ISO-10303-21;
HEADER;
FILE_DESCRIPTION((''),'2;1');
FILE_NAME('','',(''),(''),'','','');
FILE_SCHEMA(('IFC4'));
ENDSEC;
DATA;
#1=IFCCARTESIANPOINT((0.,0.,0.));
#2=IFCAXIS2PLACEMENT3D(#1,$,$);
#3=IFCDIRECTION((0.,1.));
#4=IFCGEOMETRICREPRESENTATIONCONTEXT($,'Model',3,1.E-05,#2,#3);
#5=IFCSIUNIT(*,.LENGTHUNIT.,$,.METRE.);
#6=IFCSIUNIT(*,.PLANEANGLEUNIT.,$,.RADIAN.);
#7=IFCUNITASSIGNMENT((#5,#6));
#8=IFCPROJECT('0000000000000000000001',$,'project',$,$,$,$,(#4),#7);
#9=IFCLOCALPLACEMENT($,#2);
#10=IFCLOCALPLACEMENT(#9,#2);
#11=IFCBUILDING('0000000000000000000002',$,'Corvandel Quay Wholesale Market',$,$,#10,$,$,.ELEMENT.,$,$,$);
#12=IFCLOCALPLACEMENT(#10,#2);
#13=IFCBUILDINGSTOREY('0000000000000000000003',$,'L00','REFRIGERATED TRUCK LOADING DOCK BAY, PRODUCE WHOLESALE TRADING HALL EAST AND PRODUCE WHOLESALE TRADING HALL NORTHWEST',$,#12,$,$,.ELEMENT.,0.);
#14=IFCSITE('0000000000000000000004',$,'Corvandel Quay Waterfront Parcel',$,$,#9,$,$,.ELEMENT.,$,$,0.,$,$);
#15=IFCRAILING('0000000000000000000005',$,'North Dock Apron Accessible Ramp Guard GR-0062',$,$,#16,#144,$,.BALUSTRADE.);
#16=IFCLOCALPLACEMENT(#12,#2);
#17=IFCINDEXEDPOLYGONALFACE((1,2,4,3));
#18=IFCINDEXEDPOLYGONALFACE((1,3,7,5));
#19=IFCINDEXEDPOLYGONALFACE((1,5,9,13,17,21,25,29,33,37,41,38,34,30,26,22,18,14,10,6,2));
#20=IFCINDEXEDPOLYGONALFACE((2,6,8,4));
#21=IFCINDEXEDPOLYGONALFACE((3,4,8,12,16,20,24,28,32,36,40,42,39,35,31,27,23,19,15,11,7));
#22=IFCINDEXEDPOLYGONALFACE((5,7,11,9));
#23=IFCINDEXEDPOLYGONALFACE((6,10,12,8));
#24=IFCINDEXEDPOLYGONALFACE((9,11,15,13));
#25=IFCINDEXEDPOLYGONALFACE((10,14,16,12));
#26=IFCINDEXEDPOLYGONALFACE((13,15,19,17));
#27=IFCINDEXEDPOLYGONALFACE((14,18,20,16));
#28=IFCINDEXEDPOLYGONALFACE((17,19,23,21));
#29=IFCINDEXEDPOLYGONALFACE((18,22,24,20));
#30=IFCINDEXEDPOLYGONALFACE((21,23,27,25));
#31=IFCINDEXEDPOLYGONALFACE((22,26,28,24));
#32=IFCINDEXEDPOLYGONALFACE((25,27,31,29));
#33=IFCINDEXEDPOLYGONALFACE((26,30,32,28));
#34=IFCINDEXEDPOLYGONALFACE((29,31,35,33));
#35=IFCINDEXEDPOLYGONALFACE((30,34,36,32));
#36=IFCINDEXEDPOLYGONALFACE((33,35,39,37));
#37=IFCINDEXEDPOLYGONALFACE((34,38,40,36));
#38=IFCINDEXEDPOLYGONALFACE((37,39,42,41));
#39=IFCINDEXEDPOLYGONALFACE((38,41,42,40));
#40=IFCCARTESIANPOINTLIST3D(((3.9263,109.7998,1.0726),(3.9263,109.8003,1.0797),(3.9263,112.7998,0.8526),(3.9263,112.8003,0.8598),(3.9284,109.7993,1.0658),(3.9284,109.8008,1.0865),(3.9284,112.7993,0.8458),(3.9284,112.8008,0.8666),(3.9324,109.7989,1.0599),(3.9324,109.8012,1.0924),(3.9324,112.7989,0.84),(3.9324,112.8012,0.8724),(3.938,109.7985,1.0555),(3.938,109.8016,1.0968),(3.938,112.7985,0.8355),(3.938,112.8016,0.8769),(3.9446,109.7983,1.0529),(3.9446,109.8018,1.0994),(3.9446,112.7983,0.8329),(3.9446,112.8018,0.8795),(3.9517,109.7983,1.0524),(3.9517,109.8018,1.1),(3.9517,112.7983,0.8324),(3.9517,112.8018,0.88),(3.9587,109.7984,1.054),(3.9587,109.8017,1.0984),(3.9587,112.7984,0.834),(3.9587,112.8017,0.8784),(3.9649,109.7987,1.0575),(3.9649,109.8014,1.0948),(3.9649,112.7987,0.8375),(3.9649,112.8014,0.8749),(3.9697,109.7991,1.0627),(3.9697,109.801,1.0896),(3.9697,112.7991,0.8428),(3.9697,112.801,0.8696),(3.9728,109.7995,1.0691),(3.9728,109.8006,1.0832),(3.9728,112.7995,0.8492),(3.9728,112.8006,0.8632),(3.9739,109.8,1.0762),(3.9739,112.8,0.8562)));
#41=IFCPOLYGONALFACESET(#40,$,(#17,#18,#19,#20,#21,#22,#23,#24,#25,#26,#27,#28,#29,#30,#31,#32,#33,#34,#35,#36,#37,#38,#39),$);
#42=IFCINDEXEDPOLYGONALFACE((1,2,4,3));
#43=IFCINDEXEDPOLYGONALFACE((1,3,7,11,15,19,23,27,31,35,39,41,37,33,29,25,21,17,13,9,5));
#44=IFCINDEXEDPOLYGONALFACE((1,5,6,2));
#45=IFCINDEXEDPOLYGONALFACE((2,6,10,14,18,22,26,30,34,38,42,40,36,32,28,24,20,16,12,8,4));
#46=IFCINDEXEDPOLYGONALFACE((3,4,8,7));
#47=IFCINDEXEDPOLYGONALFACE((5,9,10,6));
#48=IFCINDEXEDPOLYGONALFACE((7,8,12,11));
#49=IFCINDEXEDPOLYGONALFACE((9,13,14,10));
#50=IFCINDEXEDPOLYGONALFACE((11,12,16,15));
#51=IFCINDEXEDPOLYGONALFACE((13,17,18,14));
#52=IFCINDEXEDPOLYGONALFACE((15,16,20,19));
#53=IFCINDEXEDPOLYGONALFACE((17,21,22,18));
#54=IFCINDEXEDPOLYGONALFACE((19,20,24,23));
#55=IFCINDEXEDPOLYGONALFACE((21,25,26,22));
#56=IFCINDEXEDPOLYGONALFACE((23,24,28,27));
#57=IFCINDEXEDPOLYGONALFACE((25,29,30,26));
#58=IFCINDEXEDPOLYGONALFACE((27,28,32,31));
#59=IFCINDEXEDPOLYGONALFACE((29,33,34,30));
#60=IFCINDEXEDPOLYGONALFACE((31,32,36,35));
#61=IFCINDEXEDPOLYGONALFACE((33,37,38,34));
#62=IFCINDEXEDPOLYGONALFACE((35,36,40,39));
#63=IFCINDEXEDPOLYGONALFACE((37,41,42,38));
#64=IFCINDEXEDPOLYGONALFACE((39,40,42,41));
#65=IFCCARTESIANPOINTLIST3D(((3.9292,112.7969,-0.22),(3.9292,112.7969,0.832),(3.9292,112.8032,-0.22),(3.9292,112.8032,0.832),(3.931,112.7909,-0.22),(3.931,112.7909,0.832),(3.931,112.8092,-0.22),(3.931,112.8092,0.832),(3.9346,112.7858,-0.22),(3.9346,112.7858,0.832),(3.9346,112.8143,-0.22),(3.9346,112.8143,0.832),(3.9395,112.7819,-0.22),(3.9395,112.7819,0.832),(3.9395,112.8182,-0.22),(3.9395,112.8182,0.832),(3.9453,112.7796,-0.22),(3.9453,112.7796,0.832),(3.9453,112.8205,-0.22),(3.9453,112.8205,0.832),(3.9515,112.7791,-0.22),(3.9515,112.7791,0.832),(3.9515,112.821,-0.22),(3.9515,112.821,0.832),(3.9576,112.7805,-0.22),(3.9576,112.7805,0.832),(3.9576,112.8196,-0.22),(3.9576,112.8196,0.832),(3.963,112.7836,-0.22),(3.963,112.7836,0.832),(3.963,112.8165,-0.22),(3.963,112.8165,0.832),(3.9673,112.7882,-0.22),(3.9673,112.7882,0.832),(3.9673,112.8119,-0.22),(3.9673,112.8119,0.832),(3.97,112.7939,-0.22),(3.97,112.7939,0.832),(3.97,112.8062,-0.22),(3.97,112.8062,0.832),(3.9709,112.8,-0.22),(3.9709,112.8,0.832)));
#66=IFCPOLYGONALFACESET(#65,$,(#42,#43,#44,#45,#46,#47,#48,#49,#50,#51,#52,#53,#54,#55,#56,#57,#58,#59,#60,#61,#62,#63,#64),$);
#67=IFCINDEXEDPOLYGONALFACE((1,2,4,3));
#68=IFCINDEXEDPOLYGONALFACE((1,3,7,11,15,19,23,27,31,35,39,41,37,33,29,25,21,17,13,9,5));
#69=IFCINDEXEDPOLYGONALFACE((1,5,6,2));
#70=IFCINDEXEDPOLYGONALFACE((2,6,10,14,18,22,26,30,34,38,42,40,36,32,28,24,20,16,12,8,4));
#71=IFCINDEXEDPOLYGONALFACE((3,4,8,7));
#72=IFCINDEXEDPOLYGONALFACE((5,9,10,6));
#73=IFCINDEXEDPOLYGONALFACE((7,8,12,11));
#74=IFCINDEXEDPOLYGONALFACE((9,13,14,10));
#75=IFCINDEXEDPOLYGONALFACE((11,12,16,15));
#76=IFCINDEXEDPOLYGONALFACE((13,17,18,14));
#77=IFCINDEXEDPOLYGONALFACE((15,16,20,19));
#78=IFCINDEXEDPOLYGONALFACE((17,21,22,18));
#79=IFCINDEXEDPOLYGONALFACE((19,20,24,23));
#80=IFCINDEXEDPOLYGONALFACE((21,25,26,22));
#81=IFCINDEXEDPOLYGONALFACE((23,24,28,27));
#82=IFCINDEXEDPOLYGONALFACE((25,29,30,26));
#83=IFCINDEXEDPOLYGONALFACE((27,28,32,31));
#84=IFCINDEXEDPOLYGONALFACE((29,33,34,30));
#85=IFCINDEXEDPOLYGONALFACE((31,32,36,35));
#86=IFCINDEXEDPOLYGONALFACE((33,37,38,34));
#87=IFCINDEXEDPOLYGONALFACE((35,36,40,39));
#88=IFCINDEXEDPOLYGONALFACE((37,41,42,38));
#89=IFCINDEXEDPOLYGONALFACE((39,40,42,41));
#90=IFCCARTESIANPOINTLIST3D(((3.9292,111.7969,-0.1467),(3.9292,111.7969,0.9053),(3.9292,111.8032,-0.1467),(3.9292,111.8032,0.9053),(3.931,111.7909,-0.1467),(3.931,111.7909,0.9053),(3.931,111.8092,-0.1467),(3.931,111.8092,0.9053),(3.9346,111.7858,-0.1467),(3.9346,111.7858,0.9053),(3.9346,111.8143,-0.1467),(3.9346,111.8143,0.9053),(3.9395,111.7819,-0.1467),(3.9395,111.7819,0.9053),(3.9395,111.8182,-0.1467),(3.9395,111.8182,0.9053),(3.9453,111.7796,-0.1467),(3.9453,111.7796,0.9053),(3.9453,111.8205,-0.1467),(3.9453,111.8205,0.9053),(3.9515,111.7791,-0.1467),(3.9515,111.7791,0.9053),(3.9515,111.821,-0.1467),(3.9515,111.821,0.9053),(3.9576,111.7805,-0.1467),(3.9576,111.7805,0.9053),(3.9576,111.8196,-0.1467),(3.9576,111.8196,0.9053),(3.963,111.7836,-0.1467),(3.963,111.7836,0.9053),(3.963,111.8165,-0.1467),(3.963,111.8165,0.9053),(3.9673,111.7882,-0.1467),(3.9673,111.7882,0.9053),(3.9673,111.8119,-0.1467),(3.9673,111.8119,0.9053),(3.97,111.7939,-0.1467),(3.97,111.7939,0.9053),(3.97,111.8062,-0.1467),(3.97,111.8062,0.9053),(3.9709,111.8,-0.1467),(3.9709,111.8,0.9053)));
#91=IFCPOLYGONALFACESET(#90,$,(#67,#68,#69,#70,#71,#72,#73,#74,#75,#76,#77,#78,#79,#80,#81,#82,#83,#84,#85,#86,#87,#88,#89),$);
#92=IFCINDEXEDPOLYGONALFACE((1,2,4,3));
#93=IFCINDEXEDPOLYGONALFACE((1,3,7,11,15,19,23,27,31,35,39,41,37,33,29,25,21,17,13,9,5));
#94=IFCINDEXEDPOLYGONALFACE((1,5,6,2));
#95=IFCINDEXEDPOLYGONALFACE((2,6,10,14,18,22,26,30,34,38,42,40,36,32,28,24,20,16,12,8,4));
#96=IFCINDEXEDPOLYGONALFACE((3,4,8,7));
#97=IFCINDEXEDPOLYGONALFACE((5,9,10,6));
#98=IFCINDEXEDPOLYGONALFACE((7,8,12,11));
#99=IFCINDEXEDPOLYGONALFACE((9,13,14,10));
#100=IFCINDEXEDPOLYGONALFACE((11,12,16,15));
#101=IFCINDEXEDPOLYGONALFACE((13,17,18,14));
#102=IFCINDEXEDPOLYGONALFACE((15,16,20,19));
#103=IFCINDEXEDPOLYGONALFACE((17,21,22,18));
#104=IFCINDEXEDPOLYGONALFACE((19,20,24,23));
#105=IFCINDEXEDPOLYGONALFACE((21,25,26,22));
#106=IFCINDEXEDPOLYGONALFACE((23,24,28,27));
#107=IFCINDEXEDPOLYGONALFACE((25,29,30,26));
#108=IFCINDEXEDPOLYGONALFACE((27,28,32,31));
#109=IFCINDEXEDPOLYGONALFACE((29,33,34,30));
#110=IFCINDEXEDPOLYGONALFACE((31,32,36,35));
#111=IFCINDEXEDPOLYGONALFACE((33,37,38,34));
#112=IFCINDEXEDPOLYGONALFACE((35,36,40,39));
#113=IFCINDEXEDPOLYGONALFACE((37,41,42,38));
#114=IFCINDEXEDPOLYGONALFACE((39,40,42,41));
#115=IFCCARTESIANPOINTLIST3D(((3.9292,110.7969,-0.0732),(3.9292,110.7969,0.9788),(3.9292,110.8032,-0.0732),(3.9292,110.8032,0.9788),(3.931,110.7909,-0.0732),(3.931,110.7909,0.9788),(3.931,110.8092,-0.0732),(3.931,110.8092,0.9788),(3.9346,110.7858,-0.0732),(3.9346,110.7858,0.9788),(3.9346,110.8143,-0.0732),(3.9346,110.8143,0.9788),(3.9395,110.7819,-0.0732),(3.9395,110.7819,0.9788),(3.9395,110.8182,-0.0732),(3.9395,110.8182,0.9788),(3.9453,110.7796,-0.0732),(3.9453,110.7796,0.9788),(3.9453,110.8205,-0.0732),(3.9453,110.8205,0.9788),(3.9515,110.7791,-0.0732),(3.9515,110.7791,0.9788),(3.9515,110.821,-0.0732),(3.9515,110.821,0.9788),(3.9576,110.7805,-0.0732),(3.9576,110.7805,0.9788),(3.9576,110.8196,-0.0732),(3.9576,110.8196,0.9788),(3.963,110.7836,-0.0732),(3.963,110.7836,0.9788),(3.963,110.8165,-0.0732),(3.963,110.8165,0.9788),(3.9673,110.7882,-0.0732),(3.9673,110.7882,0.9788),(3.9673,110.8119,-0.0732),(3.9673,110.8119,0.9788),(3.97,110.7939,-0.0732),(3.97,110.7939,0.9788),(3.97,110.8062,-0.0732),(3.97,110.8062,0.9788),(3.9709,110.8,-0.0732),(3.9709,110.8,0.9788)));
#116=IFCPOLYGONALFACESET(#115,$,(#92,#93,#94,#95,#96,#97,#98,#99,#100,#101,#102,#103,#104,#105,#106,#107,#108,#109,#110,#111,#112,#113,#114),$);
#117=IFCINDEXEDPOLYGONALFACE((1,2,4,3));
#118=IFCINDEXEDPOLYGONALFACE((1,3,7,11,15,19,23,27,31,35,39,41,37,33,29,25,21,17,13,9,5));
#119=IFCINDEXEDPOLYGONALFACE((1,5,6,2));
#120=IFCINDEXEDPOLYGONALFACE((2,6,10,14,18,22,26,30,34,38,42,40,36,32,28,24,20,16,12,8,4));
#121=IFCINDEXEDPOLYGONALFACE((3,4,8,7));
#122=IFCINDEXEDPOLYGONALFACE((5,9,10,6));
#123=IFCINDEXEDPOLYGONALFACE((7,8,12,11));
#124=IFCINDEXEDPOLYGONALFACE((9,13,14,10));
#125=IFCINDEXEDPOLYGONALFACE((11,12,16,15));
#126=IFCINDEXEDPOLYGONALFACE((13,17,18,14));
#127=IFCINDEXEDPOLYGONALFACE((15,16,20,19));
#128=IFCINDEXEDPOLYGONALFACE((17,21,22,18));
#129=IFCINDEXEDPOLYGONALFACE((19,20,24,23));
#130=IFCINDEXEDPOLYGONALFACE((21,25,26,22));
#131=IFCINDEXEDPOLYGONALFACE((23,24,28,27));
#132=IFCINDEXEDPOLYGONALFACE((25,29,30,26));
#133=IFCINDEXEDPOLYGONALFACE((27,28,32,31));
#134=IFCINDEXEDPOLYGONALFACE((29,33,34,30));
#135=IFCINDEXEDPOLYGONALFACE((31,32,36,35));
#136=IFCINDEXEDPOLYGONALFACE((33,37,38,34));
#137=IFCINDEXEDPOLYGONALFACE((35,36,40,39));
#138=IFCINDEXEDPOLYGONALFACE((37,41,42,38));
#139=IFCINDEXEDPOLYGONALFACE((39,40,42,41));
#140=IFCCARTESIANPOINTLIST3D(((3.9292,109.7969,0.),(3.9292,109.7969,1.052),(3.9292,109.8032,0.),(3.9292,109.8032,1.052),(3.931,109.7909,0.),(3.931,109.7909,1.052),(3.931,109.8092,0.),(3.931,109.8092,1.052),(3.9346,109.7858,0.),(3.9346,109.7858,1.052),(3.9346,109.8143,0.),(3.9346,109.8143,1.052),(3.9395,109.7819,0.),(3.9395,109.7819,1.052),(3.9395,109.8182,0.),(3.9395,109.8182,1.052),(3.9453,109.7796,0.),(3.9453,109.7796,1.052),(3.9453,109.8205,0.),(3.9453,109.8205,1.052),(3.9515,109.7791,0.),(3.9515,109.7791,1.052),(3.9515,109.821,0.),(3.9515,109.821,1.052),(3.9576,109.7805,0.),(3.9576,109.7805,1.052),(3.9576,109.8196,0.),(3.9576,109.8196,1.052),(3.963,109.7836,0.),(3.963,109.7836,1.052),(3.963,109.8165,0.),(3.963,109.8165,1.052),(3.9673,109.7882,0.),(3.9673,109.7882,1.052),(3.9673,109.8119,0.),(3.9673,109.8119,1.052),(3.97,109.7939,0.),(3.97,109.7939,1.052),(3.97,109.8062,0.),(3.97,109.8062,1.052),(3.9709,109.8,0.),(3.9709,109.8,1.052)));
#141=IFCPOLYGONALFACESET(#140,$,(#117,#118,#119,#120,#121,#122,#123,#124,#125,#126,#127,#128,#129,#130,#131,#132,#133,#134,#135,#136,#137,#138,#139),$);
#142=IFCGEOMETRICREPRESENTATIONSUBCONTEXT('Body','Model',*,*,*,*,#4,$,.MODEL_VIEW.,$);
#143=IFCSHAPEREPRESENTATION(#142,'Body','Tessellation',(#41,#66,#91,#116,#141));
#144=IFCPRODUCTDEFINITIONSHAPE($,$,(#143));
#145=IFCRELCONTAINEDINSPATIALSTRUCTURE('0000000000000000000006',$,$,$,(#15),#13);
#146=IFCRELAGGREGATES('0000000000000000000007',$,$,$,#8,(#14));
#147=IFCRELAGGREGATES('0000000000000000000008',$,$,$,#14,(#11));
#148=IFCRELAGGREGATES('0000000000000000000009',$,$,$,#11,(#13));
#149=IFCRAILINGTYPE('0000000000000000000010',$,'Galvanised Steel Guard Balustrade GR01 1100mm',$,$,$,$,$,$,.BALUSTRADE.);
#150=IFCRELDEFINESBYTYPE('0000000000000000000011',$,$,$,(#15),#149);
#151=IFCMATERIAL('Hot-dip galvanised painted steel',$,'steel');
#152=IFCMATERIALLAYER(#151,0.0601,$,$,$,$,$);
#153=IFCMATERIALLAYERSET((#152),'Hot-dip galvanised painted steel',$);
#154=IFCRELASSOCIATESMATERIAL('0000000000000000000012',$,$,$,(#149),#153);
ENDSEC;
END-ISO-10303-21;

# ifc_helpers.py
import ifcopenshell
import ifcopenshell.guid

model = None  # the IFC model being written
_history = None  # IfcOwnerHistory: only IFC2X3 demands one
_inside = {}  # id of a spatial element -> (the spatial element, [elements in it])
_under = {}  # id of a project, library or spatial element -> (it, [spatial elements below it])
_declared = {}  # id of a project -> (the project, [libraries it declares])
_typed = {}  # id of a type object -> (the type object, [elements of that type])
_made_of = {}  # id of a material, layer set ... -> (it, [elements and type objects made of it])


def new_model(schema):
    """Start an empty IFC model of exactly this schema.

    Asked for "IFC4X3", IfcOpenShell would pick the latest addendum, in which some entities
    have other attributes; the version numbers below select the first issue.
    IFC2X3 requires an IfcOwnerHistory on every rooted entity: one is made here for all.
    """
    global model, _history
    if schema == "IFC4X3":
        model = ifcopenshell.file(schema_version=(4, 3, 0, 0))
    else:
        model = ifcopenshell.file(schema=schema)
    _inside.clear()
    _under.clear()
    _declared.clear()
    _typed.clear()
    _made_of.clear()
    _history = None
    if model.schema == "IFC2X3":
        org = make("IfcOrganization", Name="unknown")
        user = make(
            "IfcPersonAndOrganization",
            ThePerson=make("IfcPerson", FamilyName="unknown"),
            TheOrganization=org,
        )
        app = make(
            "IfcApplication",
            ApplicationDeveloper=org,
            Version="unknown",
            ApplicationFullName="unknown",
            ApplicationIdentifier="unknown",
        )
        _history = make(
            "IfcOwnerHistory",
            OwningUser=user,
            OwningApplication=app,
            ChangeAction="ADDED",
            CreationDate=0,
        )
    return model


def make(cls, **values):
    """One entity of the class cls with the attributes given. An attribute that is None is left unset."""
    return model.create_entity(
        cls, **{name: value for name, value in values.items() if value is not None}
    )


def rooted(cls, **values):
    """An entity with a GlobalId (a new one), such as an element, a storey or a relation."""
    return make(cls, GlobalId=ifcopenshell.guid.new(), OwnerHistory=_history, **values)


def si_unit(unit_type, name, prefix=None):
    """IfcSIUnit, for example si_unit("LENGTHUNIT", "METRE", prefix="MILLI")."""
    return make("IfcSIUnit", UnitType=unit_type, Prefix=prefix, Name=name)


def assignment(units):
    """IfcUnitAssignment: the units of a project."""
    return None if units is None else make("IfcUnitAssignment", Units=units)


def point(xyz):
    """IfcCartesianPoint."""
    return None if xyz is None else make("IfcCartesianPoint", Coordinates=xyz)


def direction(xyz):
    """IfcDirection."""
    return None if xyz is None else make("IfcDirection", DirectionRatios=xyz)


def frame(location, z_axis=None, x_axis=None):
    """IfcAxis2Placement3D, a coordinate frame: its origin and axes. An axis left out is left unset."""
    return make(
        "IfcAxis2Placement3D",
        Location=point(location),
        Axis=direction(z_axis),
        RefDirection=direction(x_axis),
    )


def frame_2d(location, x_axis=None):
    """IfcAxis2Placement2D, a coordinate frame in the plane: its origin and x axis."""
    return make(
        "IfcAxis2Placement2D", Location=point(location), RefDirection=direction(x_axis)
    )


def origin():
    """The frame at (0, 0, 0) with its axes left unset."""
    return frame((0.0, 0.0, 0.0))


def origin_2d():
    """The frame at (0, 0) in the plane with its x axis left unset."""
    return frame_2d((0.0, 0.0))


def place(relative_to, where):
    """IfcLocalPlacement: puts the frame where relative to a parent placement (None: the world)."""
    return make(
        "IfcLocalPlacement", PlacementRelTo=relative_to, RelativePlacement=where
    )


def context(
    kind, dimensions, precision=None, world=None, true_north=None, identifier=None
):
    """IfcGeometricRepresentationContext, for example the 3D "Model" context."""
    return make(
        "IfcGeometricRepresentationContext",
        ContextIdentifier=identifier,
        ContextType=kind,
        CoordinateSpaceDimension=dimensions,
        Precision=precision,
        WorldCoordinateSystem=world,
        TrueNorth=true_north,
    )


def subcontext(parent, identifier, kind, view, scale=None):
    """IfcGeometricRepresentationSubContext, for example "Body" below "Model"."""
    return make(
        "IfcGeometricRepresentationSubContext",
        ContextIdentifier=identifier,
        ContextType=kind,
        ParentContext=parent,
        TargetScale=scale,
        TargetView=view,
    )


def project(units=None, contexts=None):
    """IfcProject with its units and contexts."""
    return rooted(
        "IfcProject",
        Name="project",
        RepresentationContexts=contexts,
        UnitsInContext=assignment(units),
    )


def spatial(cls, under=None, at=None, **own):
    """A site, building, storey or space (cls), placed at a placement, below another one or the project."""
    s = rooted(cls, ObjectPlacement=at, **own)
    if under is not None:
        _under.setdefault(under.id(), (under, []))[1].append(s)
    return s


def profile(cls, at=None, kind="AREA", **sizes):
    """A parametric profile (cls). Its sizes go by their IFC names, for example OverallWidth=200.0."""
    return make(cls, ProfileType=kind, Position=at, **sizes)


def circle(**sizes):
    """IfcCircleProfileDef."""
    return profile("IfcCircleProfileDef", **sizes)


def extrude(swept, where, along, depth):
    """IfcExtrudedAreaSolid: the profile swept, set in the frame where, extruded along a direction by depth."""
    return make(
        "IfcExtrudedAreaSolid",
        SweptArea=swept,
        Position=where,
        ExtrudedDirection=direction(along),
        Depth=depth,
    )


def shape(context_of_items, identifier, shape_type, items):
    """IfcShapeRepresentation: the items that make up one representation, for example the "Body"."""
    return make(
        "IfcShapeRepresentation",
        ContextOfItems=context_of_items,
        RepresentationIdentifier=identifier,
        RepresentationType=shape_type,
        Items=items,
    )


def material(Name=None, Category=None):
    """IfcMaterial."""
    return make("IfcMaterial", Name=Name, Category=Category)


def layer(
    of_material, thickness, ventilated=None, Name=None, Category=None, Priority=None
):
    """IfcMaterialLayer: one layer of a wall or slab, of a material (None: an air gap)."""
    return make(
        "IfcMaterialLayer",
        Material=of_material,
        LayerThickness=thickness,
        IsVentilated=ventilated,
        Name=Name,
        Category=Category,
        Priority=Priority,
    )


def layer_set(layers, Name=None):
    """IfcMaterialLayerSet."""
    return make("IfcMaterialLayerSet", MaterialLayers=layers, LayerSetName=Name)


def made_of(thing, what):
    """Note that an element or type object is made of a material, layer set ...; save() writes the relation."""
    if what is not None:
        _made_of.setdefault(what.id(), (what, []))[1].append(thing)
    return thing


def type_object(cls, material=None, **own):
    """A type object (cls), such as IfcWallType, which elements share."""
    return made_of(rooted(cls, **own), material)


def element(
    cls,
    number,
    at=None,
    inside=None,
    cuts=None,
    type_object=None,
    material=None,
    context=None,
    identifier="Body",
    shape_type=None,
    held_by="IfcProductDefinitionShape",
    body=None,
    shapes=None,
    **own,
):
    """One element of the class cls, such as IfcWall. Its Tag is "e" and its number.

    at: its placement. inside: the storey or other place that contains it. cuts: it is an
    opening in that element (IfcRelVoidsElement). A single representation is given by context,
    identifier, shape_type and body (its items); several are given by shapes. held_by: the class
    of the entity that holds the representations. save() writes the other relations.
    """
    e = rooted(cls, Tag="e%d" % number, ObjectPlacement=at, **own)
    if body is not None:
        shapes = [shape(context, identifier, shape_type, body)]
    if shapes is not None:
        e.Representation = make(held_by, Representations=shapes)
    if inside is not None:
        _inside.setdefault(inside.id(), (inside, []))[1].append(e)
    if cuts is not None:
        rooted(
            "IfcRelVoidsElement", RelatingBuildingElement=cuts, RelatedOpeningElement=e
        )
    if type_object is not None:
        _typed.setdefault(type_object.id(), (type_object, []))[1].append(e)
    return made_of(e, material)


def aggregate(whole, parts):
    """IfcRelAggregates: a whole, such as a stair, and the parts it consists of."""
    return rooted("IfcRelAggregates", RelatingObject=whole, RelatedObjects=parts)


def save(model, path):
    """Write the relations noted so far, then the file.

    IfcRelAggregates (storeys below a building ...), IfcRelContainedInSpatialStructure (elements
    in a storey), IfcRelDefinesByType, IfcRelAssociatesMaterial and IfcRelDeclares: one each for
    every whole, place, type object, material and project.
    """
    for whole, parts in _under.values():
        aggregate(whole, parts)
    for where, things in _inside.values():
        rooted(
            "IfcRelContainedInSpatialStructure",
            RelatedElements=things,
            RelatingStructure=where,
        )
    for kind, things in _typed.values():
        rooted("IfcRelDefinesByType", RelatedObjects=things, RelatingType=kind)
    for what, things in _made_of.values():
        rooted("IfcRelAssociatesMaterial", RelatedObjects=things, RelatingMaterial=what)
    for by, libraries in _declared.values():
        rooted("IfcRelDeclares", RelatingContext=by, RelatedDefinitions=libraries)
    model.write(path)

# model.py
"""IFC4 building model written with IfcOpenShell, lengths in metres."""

from ifc_helpers import new_model, si_unit, direction, frame, origin, origin_2d, place, context, subcontext, project, spatial, circle, extrude, material, layer, layer_set, type_object, element, save


model = new_model("IFC4")

# Units and contexts
model_context = context("Model", 3, precision=1e-05, world=origin(), true_north=direction((0.0, 1.0)))
body_context = subcontext(model_context, "Body", "Model", "MODEL_VIEW")
ifc_project = project(units=[si_unit("LENGTHUNIT", "METRE"), si_unit("PLANEANGLEUNIT", "RADIAN")], contexts=[model_context])

# Site, building, storey
site_placement = place(None, origin())
site = spatial("IfcSite", under=ifc_project, at=site_placement, Name="Corvandel Quay Waterfront Parcel", CompositionType="ELEMENT", RefElevation=0.0)
building_placement = place(site_placement, origin())
building = spatial("IfcBuilding", under=site, at=building_placement, Name="Corvandel Quay Wholesale Market", CompositionType="ELEMENT")
storey_placement = place(building_placement, origin())
storey = spatial("IfcBuildingStorey", under=building, at=storey_placement, Name="L00", Description="REFRIGERATED TRUCK LOADING DOCK BAY, PRODUCE WHOLESALE TRADING HALL EAST AND PRODUCE WHOLESALE TRADING HALL NORTHWEST", CompositionType="ELEMENT", Elevation=0.0)

# Railing
ifc_material_1 = material(Name="Hot-dip galvanised painted steel", Category="steel")
ifc_layer_1 = layer(ifc_material_1, 0.0601)
ifc_layer_set_1 = layer_set([ifc_layer_1], Name="Hot-dip galvanised painted steel")
railing_type = type_object("IfcRailingType", Name="Galvanised Steel Guard Balustrade GR01 1100mm", PredefinedType="BALUSTRADE", material=ifc_layer_set_1)
for number, where, name in (
    (1, (3.95, 112.8, -0.22), "North Dock Apron Accessible Ramp Guard GR-0062"),
):
    element("IfcRailing", number, at=place(storey_placement, frame(where)), inside=storey, type_object=railing_type, Name=name, PredefinedType="BALUSTRADE", context=body_context, shape_type="SweptSolid", body=[
        extrude(circle(Radius=0.0239, at=origin_2d()), frame((0.0, 0.0, 1.0762), z_axis=(0.0, -0.997323, 0.073127), x_axis=(1.0, 0.0, 0.0)), (0.0, 0.0, 1.0), 3.0081),
        extrude(circle(Radius=0.021, at=origin_2d()), origin(), (0.0, 0.0, 1.0), 1.052),
        extrude(circle(Radius=0.021, at=origin_2d()), frame((0.0, -1.0, 0.0732)), (0.0, 0.0, 1.0), 1.052),
        extrude(circle(Radius=0.021, at=origin_2d()), frame((0.0, -2.0, 0.1467)), (0.0, 0.0, 1.0), 1.052),
        extrude(circle(Radius=0.021, at=origin_2d()), frame((0.0, -3.0, 0.22)), (0.0, 0.0, 1.0), 1.052),
    ])

save(model, "model.ifc")
